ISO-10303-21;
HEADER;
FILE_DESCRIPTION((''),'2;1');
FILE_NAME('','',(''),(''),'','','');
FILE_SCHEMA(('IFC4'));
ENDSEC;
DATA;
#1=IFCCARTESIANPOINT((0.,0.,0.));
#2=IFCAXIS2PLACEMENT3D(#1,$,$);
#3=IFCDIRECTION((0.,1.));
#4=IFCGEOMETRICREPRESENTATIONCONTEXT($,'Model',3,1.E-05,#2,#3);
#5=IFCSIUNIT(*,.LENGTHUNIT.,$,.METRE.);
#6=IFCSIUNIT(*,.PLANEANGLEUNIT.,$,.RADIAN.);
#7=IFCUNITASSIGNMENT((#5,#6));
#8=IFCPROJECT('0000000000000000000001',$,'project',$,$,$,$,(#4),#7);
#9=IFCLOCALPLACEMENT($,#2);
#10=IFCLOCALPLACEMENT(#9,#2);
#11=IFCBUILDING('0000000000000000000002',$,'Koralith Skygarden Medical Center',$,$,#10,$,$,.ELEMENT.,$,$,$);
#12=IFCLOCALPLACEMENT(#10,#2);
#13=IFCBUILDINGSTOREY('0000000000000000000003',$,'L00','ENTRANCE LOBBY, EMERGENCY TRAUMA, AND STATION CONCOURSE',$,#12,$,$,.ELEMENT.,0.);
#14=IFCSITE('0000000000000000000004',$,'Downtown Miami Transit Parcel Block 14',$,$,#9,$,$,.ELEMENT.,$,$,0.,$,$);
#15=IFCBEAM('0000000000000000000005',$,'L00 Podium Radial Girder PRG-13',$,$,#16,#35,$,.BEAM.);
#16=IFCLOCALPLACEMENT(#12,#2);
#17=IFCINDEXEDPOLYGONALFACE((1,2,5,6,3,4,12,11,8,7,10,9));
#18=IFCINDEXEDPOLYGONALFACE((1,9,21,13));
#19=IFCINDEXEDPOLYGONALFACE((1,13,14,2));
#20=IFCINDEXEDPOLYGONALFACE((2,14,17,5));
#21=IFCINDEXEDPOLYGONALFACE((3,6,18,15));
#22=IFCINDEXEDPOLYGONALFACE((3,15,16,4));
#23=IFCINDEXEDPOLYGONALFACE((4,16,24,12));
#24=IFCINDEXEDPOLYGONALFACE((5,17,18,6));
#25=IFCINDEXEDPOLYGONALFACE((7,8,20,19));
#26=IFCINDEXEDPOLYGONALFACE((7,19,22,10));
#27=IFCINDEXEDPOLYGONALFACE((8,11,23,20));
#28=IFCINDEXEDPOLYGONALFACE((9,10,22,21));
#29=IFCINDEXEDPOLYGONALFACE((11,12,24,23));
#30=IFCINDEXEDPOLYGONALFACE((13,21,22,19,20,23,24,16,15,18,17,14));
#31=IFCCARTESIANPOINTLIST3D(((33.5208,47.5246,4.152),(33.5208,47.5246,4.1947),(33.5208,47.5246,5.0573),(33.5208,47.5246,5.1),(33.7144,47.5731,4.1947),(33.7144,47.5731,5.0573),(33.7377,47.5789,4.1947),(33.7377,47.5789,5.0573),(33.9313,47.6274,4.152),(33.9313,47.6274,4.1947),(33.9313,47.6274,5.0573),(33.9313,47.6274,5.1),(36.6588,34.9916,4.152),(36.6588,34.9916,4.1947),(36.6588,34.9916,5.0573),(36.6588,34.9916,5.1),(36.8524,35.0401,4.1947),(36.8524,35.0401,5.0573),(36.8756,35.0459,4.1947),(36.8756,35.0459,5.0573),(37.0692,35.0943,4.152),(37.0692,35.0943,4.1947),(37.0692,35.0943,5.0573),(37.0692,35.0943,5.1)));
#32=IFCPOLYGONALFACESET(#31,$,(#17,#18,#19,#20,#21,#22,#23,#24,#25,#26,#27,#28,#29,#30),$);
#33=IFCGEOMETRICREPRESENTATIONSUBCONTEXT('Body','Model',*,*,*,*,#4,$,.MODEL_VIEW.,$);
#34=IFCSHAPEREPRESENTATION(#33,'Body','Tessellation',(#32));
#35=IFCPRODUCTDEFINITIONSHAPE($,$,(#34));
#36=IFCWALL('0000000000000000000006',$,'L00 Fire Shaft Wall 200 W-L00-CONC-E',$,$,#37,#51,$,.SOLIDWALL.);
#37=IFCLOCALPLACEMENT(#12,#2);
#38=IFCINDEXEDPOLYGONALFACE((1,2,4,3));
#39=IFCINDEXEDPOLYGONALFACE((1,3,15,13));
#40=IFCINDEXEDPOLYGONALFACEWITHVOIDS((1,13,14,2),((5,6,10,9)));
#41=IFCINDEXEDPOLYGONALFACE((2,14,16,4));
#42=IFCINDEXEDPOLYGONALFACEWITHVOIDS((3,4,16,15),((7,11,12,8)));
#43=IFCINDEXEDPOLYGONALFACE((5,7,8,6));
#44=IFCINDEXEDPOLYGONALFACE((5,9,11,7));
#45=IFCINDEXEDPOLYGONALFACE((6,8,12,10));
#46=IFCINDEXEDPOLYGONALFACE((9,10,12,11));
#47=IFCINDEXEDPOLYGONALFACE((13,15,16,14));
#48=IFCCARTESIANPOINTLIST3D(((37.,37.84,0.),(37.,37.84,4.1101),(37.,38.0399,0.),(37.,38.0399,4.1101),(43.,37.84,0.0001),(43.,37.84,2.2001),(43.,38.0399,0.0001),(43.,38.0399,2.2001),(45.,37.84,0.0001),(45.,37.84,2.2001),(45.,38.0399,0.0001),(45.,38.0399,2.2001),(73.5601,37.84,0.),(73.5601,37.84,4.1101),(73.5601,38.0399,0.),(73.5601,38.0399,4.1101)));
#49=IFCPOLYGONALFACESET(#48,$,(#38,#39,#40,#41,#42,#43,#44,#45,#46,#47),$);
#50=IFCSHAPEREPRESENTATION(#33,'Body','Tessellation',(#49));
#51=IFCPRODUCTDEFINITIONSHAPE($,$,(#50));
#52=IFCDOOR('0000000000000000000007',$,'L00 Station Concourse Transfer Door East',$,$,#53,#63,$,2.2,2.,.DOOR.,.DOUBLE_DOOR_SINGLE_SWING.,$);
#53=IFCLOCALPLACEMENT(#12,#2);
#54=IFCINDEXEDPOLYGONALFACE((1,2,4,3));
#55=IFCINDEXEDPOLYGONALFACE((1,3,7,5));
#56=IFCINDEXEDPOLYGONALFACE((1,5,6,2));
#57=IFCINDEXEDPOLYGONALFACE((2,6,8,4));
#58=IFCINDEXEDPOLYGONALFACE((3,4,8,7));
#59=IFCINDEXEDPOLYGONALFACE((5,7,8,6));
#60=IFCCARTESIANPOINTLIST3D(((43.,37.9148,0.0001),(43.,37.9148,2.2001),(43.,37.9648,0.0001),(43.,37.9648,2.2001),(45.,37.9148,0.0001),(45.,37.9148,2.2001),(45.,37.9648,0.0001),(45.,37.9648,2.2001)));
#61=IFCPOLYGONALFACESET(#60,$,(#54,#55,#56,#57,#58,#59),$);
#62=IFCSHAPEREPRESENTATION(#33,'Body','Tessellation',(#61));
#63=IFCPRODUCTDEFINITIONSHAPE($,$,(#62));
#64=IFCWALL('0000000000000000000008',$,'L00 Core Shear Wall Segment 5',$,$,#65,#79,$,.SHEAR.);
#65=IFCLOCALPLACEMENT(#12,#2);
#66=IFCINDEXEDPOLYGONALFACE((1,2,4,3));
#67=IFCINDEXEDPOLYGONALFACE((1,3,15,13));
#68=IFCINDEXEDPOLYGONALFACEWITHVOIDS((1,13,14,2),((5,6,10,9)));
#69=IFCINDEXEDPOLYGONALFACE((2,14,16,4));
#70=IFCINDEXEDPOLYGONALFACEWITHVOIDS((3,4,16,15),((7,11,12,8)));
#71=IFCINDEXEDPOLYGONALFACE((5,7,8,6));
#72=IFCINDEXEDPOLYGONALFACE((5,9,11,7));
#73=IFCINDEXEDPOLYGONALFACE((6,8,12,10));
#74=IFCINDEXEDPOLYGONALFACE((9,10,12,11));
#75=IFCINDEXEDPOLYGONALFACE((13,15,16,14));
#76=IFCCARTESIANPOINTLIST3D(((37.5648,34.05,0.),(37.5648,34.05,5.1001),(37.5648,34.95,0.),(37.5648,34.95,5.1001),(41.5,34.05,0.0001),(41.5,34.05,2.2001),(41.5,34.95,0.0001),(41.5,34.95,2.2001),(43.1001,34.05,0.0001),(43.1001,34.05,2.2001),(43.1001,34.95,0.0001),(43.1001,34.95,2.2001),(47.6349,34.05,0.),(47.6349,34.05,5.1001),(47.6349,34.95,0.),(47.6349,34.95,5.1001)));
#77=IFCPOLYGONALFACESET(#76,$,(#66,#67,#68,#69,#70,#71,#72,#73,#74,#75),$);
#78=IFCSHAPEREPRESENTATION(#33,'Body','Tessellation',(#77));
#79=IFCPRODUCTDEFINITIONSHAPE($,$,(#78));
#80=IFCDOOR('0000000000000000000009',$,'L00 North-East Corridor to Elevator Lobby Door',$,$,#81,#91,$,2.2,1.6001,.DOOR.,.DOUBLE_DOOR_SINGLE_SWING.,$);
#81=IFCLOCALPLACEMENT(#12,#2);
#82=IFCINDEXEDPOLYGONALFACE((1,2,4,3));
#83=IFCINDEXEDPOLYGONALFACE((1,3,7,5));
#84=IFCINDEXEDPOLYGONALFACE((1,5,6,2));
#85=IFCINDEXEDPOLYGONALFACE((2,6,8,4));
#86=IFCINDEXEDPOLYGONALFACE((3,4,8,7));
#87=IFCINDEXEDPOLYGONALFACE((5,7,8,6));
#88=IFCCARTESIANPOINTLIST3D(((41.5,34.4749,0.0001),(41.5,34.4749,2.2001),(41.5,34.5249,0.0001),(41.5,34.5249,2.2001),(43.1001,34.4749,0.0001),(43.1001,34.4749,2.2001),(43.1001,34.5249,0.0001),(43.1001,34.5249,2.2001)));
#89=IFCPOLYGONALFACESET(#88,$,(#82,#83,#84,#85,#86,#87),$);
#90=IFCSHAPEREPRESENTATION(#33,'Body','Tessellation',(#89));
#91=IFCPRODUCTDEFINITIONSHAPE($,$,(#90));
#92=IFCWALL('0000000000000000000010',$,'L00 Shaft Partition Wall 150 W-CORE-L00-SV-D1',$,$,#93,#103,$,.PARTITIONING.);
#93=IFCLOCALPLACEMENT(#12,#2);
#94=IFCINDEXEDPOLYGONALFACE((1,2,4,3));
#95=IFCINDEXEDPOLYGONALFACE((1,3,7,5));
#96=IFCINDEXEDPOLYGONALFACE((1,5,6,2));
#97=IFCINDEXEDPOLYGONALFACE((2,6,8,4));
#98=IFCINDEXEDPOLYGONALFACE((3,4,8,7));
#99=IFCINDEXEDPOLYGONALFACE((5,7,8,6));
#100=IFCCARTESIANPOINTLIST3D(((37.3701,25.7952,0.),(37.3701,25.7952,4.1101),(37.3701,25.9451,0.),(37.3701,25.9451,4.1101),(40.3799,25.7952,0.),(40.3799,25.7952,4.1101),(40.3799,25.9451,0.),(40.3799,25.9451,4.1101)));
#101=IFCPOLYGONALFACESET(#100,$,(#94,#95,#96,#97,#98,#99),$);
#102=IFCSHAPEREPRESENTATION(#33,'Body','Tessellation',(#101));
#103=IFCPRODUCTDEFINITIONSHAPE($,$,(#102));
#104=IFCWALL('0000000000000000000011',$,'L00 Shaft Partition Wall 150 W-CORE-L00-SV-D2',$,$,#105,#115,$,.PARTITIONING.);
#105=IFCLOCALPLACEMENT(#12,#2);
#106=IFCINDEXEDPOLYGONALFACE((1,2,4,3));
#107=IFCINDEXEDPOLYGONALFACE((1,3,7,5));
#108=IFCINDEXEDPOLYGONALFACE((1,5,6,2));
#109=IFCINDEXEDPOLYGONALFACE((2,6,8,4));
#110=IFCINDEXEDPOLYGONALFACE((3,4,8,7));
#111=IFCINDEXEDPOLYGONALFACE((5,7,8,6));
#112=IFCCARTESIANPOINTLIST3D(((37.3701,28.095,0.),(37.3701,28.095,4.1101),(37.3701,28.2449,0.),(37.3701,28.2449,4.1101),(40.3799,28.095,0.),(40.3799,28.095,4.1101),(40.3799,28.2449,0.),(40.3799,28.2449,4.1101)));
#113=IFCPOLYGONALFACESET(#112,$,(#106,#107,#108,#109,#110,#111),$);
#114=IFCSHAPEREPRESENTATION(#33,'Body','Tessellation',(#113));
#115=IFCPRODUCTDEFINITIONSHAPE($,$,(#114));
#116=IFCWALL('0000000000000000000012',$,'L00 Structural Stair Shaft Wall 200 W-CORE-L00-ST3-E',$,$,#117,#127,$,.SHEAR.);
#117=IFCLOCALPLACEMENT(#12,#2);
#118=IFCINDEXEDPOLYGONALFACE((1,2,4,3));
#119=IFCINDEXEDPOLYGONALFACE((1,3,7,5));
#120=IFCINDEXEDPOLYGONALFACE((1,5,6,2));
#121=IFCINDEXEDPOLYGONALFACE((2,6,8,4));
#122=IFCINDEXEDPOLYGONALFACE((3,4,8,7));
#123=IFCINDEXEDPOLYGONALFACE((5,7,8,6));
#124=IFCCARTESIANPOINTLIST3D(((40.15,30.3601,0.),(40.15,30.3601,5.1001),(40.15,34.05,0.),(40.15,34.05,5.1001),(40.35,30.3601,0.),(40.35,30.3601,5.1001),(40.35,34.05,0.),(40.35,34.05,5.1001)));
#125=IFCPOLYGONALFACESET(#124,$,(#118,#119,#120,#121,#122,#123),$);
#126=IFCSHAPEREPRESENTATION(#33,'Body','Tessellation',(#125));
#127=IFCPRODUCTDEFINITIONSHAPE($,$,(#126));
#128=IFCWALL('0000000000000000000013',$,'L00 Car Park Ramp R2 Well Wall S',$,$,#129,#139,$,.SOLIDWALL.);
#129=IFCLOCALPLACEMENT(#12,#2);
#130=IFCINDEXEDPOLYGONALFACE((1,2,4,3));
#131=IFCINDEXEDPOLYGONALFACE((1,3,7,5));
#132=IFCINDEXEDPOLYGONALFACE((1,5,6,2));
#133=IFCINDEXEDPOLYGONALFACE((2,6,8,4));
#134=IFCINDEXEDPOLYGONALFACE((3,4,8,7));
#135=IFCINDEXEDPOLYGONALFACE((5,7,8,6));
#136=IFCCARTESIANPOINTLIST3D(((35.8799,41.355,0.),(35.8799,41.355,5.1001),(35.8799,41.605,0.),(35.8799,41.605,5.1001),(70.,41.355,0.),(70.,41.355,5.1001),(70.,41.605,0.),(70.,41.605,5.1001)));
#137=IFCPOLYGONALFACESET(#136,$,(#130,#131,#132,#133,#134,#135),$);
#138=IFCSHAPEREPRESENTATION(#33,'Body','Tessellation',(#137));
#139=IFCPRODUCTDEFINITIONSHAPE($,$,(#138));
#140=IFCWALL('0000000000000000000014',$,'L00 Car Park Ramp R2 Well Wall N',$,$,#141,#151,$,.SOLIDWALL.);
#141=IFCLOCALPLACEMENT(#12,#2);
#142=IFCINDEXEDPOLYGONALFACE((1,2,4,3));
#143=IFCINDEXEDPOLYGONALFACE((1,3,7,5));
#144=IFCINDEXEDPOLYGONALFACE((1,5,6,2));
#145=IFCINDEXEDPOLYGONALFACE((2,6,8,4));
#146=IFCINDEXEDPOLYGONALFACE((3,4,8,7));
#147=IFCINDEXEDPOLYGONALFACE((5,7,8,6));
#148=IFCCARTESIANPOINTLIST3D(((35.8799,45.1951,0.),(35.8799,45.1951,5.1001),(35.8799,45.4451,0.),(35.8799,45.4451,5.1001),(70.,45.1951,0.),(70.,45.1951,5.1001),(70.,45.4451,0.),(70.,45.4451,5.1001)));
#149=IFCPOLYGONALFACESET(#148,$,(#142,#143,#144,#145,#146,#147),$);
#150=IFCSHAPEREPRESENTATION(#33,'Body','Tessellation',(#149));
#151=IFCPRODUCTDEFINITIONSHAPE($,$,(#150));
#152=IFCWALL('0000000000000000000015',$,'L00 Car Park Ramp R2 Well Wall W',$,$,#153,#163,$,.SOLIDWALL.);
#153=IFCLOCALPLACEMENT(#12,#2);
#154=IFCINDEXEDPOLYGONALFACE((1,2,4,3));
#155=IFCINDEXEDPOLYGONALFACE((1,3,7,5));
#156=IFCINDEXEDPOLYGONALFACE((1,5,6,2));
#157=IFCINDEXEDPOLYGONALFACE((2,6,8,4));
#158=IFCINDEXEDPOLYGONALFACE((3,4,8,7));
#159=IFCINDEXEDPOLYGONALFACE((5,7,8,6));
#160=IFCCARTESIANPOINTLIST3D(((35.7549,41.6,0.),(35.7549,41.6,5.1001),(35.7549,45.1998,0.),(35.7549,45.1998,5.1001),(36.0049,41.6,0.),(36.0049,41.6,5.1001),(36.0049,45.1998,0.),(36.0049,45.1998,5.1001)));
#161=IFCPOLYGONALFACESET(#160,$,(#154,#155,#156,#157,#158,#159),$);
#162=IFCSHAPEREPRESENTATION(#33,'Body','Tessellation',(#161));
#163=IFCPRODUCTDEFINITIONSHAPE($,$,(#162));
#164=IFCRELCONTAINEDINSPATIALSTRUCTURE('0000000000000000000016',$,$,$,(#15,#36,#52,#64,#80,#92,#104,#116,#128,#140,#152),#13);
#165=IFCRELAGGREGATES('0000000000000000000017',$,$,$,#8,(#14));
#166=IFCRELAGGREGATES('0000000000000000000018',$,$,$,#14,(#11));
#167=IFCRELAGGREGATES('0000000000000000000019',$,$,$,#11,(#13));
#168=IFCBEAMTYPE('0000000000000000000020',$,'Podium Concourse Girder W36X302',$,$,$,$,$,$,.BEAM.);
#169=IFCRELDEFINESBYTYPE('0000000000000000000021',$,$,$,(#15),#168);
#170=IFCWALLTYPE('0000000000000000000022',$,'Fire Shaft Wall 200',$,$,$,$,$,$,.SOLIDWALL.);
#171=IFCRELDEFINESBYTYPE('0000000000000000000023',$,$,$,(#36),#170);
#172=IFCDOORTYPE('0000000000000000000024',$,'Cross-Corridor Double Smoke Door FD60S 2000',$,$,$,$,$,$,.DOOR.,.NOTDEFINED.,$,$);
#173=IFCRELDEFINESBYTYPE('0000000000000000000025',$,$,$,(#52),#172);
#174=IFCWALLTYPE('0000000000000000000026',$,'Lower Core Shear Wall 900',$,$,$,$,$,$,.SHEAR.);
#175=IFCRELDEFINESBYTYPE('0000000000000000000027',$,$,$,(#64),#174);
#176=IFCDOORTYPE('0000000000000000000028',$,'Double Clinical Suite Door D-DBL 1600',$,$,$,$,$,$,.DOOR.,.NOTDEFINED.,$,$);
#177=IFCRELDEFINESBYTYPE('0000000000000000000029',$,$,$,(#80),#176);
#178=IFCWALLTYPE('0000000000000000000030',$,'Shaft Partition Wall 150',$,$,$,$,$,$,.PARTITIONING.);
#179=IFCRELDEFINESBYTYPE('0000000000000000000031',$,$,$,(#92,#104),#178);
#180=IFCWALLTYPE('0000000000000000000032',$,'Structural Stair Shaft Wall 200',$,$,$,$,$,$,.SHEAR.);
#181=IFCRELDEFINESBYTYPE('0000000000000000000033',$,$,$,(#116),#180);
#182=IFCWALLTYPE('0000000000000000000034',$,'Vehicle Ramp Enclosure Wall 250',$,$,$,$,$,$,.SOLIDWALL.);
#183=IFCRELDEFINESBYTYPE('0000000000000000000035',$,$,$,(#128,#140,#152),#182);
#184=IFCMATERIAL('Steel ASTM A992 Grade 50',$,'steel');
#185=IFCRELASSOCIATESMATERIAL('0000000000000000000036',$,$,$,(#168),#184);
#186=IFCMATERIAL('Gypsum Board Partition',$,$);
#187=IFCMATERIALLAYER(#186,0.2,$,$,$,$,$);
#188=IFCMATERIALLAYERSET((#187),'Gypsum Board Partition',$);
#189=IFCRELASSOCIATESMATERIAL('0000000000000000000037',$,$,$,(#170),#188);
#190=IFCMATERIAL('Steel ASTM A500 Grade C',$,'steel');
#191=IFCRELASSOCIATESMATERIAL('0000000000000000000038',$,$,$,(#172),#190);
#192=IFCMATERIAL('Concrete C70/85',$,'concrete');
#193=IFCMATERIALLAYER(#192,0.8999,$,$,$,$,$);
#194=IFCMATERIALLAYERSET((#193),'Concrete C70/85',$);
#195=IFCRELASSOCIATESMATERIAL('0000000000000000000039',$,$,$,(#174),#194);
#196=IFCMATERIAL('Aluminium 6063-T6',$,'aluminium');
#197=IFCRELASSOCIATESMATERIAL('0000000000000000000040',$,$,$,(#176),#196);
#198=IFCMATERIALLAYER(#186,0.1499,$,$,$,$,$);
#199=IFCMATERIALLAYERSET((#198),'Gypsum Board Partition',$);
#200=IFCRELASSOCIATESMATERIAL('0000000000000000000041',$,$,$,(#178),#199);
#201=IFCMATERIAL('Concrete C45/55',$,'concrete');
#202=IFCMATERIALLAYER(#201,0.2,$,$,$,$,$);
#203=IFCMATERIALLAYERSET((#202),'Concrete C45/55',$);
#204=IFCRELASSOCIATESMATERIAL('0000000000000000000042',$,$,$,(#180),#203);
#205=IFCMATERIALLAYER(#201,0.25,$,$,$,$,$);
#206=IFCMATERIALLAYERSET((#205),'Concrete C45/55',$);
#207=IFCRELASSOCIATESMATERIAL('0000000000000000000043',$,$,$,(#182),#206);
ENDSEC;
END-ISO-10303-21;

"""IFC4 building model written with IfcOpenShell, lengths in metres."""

from ifc_helpers import new_model, si_unit, direction, frame, frame_2d, origin, origin_2d, place, context, subcontext, project, spatial, rectangle, i_section, extrude, material, layer, layer_set, material_profile, profile_set, type_object, element, fill, save


model = new_model("IFC4")

# Units and contexts
model_context = context("Model", 3, precision=1e-05, world=origin(), true_north=direction((0.0, 1.0)))
body_context = subcontext(model_context, "Body", "Model", "MODEL_VIEW")
ifc_project = project(units=[si_unit("LENGTHUNIT", "METRE"), si_unit("PLANEANGLEUNIT", "RADIAN")], contexts=[model_context])

# Site, building, storey
site_placement = place(None, origin())
site = spatial("IfcSite", under=ifc_project, at=site_placement, Name="Downtown Miami Transit Parcel Block 14", CompositionType="ELEMENT", RefElevation=0.0)
building_placement = place(site_placement, origin())
building = spatial("IfcBuilding", under=site, at=building_placement, Name="Koralith Skygarden Medical Center", CompositionType="ELEMENT")
storey_placement = place(building_placement, origin())
storey = spatial("IfcBuildingStorey", under=building, at=storey_placement, Name="L00", Description="ENTRANCE LOBBY, EMERGENCY TRAUMA, AND STATION CONCOURSE", CompositionType="ELEMENT", Elevation=0.0)

# Shared definitions
ifc_material_1 = material(Name="Concrete C70/85", Category="concrete")

# Beam
ifc_material_2 = material(Name="Steel ASTM A992 Grade 50", Category="steel")
ifc_material_profile_1 = material_profile(ifc_material_2, i_section(OverallWidth=0.4231, OverallDepth=0.948, WebThickness=0.0239, FlangeThickness=0.0427, at=origin_2d()), Name="W36X302")
ifc_profile_set_1 = profile_set([ifc_material_profile_1], Name="Steel ASTM A992 Grade 50")
beam_type_1 = type_object("IfcBeamType", Name="Podium Concourse Girder W36X302", PredefinedType="BEAM", material=ifc_profile_set_1)
for number, where, z_axis, x_axis, name in (
    (1, (36.864, 35.043, 4.626), (-0.242878, 0.970057, 0.0), (-0.970057, -0.242878, 0.0), "L00 Podium Radial Girder PRG-13"),
):
    element("IfcBeam", number, at=place(storey_placement, frame(where, z_axis=z_axis, x_axis=x_axis)), inside=storey, type_object=beam_type_1, Name=name, PredefinedType="BEAM", context=body_context, shape_type="SweptSolid", body=[
        extrude(i_section(OverallWidth=0.4231, OverallDepth=0.948, WebThickness=0.0239, FlangeThickness=0.0427, at=origin_2d()), origin(), (0.0, 0.0, 1.0), 12.9199),
    ])

# Walls, openings, doors
ifc_material_3 = material(Name="Gypsum Board Partition")
ifc_layer_1 = layer(ifc_material_3, 0.2)
ifc_layer_set_1 = layer_set([ifc_layer_1], Name="Gypsum Board Partition")
wall_type_1 = type_object("IfcWallType", Name="Fire Shaft Wall 200", PredefinedType="SOLIDWALL", material=ifc_layer_set_1)
wall_1_placement = place(storey_placement, frame((37.0, 37.9399, 0.0), z_axis=(0.0, 0.0, 1.0), x_axis=(1.0, 0.0, 0.0)))
wall_1 = element("IfcWall", 2, at=wall_1_placement, inside=storey, type_object=wall_type_1, Name="L00 Fire Shaft Wall 200 W-L00-CONC-E", PredefinedType="SOLIDWALL", context=body_context, shape_type="SweptSolid", body=[
    extrude(rectangle(XDim=36.5601, YDim=0.2, at=frame_2d((18.28, 0.0))), origin(), (0.0, 0.0, 1.0), 4.1101),
])
opening_1_placement = place(wall_1_placement, frame((6.0, 0.0, 0.0)))
opening_1 = element("IfcOpeningElement", 3, at=opening_1_placement, cuts=wall_1, PredefinedType="OPENING", context=body_context, shape_type="SweptSolid", body=[
    extrude(rectangle(XDim=2.0, YDim=2.2, at=frame_2d((1.0, 1.1001))), frame((0.0, 0.1099, 0.0), z_axis=(0.0, -1.0, 0.0), x_axis=(1.0, 0.0, 0.0)), (0.0, 0.0, 1.0), 0.22),
])
ifc_material_4 = material(Name="Steel ASTM A500 Grade C", Category="steel")
door_type_1 = type_object("IfcDoorType", Name="Cross-Corridor Double Smoke Door FD60S 2000", OperationType="NOTDEFINED", PredefinedType="DOOR", material=ifc_material_4)
door_1_placement = place(opening_1_placement, origin())
door_1 = element("IfcDoor", 4, at=door_1_placement, inside=storey, type_object=door_type_1, Name="L00 Station Concourse Transfer Door East", OperationType="DOUBLE_DOOR_SINGLE_SWING", OverallHeight=2.2, OverallWidth=2.0, PredefinedType="DOOR", context=body_context, shape_type="SweptSolid", body=[
    extrude(rectangle(XDim=2.0, YDim=2.2, at=frame_2d((1.0, 1.1001))), frame((0.0, 0.0249, 0.0), z_axis=(0.0, -1.0, 0.0), x_axis=(1.0, 0.0, 0.0)), (0.0, 0.0, 1.0), 0.05),
])
fill(opening_1, door_1)
ifc_layer_2 = layer(ifc_material_1, 0.8999)
ifc_layer_set_2 = layer_set([ifc_layer_2], Name="Concrete C70/85")
wall_type_2 = type_object("IfcWallType", Name="Lower Core Shear Wall 900", PredefinedType="SHEAR", material=ifc_layer_set_2)
wall_2_placement = place(storey_placement, frame((47.635, 34.5, 0.0), z_axis=(0.0, 0.0, 1.0), x_axis=(-1.0, 0.0, 0.0)))
wall_2 = element("IfcWall", 5, at=wall_2_placement, inside=storey, type_object=wall_type_2, Name="L00 Core Shear Wall Segment 5", PredefinedType="SHEAR", context=body_context, shape_type="SweptSolid", body=[
    extrude(rectangle(XDim=10.0701, YDim=0.8999, at=frame_2d((5.0352, 0.0))), origin(), (0.0, 0.0, 1.0), 5.1001),
])
opening_2_placement = place(wall_2_placement, frame((4.5349, 0.0, 0.0)))
opening_2 = element("IfcOpeningElement", 6, at=opening_2_placement, cuts=wall_2, PredefinedType="OPENING", context=body_context, shape_type="SweptSolid", body=[
    extrude(rectangle(XDim=1.6001, YDim=2.2, at=frame_2d((0.8, 1.1001))), frame((0.0, 0.46, 0.0), z_axis=(0.0, -1.0, 0.0), x_axis=(1.0, 0.0, 0.0)), (0.0, 0.0, 1.0), 0.9199),
])
ifc_material_5 = material(Name="Aluminium 6063-T6", Category="aluminium")
door_type_2 = type_object("IfcDoorType", Name="Double Clinical Suite Door D-DBL 1600", OperationType="NOTDEFINED", PredefinedType="DOOR", material=ifc_material_5)
door_2_placement = place(opening_2_placement, frame((1.6001, 0.0, 0.0), z_axis=(0.0, 0.0, 1.0), x_axis=(-1.0, 0.0, 0.0)))
door_2 = element("IfcDoor", 7, at=door_2_placement, inside=storey, type_object=door_type_2, Name="L00 North-East Corridor to Elevator Lobby Door", OperationType="DOUBLE_DOOR_SINGLE_SWING", OverallHeight=2.2, OverallWidth=1.6001, PredefinedType="DOOR", context=body_context, shape_type="SweptSolid", body=[
    extrude(rectangle(XDim=1.6001, YDim=2.2, at=frame_2d((0.8, 1.1001))), frame((0.0, 0.0249, 0.0), z_axis=(0.0, -1.0, 0.0), x_axis=(1.0, 0.0, 0.0)), (0.0, 0.0, 1.0), 0.05),
])
fill(opening_2, door_2)

# Walls
ifc_layer_3 = layer(ifc_material_3, 0.1499)
ifc_layer_set_3 = layer_set([ifc_layer_3], Name="Gypsum Board Partition")
wall_type_3 = type_object("IfcWallType", Name="Shaft Partition Wall 150", PredefinedType="PARTITIONING", material=ifc_layer_set_3)
for number, where, z_axis, x_axis, name in (
    (8, (37.3701, 25.8701, 0.0), (0.0, 0.0, 1.0), (1.0, 0.0, 0.0), "L00 Shaft Partition Wall 150 W-CORE-L00-SV-D1"),
    (9, (37.3701, 28.1699, 0.0), (0.0, 0.0, 1.0), (1.0, 0.0, 0.0), "L00 Shaft Partition Wall 150 W-CORE-L00-SV-D2"),
):
    element("IfcWall", number, at=place(storey_placement, frame(where, z_axis=z_axis, x_axis=x_axis)), inside=storey, type_object=wall_type_3, Name=name, PredefinedType="PARTITIONING", context=body_context, shape_type="SweptSolid", body=[
        extrude(rectangle(XDim=3.0098, YDim=0.1499, at=frame_2d((1.5049, 0.0))), origin(), (0.0, 0.0, 1.0), 4.1101),
    ])
ifc_material_6 = material(Name="Concrete C45/55", Category="concrete")
ifc_layer_4 = layer(ifc_material_6, 0.2)
ifc_layer_set_4 = layer_set([ifc_layer_4], Name="Concrete C45/55")
wall_type_4 = type_object("IfcWallType", Name="Structural Stair Shaft Wall 200", PredefinedType="SHEAR", material=ifc_layer_set_4)
wall_3_placement = place(storey_placement, frame((40.25, 30.3601, 0.0), z_axis=(0.0, 0.0, 1.0), x_axis=(0.0, 1.0, 0.0)))
element("IfcWall", 10, at=wall_3_placement, inside=storey, type_object=wall_type_4, Name="L00 Structural Stair Shaft Wall 200 W-CORE-L00-ST3-E", PredefinedType="SHEAR", context=body_context, shape_type="SweptSolid", body=[
    extrude(rectangle(XDim=3.6899, YDim=0.2, at=frame_2d((1.845, 0.0))), origin(), (0.0, 0.0, 1.0), 5.1001),
])
ifc_layer_5 = layer(ifc_material_6, 0.25)
ifc_layer_set_5 = layer_set([ifc_layer_5], Name="Concrete C45/55")
wall_type_5 = type_object("IfcWallType", Name="Vehicle Ramp Enclosure Wall 250", PredefinedType="SOLIDWALL", material=ifc_layer_set_5)
for number, where, z_axis, x_axis, name in (
    (11, (35.8799, 41.48, 0.0), (0.0, 0.0, 1.0), (1.0, 0.0, 0.0), "L00 Car Park Ramp R2 Well Wall S"),
    (12, (35.8799, 45.3201, 0.0), (0.0, 0.0, 1.0), (1.0, 0.0, 0.0), "L00 Car Park Ramp R2 Well Wall N"),
):
    element("IfcWall", number, at=place(storey_placement, frame(where, z_axis=z_axis, x_axis=x_axis)), inside=storey, type_object=wall_type_5, Name=name, PredefinedType="SOLIDWALL", context=body_context, shape_type="SweptSolid", body=[
        extrude(rectangle(XDim=34.1201, YDim=0.25, at=frame_2d((17.0601, 0.0))), origin(), (0.0, 0.0, 1.0), 5.1001),
    ])
wall_4_placement = place(storey_placement, frame((35.8799, 41.6001, 0.0), z_axis=(0.0, 0.0, 1.0), x_axis=(0.0, 1.0, 0.0)))
element("IfcWall", 13, at=wall_4_placement, inside=storey, type_object=wall_type_5, Name="L00 Car Park Ramp R2 Well Wall W", PredefinedType="SOLIDWALL", context=body_context, shape_type="SweptSolid", body=[
    extrude(rectangle(XDim=3.5999, YDim=0.25, at=frame_2d((1.7998, 0.0))), origin(), (0.0, 0.0, 1.0), 5.1001),
])

save(model, "model.ifc")
